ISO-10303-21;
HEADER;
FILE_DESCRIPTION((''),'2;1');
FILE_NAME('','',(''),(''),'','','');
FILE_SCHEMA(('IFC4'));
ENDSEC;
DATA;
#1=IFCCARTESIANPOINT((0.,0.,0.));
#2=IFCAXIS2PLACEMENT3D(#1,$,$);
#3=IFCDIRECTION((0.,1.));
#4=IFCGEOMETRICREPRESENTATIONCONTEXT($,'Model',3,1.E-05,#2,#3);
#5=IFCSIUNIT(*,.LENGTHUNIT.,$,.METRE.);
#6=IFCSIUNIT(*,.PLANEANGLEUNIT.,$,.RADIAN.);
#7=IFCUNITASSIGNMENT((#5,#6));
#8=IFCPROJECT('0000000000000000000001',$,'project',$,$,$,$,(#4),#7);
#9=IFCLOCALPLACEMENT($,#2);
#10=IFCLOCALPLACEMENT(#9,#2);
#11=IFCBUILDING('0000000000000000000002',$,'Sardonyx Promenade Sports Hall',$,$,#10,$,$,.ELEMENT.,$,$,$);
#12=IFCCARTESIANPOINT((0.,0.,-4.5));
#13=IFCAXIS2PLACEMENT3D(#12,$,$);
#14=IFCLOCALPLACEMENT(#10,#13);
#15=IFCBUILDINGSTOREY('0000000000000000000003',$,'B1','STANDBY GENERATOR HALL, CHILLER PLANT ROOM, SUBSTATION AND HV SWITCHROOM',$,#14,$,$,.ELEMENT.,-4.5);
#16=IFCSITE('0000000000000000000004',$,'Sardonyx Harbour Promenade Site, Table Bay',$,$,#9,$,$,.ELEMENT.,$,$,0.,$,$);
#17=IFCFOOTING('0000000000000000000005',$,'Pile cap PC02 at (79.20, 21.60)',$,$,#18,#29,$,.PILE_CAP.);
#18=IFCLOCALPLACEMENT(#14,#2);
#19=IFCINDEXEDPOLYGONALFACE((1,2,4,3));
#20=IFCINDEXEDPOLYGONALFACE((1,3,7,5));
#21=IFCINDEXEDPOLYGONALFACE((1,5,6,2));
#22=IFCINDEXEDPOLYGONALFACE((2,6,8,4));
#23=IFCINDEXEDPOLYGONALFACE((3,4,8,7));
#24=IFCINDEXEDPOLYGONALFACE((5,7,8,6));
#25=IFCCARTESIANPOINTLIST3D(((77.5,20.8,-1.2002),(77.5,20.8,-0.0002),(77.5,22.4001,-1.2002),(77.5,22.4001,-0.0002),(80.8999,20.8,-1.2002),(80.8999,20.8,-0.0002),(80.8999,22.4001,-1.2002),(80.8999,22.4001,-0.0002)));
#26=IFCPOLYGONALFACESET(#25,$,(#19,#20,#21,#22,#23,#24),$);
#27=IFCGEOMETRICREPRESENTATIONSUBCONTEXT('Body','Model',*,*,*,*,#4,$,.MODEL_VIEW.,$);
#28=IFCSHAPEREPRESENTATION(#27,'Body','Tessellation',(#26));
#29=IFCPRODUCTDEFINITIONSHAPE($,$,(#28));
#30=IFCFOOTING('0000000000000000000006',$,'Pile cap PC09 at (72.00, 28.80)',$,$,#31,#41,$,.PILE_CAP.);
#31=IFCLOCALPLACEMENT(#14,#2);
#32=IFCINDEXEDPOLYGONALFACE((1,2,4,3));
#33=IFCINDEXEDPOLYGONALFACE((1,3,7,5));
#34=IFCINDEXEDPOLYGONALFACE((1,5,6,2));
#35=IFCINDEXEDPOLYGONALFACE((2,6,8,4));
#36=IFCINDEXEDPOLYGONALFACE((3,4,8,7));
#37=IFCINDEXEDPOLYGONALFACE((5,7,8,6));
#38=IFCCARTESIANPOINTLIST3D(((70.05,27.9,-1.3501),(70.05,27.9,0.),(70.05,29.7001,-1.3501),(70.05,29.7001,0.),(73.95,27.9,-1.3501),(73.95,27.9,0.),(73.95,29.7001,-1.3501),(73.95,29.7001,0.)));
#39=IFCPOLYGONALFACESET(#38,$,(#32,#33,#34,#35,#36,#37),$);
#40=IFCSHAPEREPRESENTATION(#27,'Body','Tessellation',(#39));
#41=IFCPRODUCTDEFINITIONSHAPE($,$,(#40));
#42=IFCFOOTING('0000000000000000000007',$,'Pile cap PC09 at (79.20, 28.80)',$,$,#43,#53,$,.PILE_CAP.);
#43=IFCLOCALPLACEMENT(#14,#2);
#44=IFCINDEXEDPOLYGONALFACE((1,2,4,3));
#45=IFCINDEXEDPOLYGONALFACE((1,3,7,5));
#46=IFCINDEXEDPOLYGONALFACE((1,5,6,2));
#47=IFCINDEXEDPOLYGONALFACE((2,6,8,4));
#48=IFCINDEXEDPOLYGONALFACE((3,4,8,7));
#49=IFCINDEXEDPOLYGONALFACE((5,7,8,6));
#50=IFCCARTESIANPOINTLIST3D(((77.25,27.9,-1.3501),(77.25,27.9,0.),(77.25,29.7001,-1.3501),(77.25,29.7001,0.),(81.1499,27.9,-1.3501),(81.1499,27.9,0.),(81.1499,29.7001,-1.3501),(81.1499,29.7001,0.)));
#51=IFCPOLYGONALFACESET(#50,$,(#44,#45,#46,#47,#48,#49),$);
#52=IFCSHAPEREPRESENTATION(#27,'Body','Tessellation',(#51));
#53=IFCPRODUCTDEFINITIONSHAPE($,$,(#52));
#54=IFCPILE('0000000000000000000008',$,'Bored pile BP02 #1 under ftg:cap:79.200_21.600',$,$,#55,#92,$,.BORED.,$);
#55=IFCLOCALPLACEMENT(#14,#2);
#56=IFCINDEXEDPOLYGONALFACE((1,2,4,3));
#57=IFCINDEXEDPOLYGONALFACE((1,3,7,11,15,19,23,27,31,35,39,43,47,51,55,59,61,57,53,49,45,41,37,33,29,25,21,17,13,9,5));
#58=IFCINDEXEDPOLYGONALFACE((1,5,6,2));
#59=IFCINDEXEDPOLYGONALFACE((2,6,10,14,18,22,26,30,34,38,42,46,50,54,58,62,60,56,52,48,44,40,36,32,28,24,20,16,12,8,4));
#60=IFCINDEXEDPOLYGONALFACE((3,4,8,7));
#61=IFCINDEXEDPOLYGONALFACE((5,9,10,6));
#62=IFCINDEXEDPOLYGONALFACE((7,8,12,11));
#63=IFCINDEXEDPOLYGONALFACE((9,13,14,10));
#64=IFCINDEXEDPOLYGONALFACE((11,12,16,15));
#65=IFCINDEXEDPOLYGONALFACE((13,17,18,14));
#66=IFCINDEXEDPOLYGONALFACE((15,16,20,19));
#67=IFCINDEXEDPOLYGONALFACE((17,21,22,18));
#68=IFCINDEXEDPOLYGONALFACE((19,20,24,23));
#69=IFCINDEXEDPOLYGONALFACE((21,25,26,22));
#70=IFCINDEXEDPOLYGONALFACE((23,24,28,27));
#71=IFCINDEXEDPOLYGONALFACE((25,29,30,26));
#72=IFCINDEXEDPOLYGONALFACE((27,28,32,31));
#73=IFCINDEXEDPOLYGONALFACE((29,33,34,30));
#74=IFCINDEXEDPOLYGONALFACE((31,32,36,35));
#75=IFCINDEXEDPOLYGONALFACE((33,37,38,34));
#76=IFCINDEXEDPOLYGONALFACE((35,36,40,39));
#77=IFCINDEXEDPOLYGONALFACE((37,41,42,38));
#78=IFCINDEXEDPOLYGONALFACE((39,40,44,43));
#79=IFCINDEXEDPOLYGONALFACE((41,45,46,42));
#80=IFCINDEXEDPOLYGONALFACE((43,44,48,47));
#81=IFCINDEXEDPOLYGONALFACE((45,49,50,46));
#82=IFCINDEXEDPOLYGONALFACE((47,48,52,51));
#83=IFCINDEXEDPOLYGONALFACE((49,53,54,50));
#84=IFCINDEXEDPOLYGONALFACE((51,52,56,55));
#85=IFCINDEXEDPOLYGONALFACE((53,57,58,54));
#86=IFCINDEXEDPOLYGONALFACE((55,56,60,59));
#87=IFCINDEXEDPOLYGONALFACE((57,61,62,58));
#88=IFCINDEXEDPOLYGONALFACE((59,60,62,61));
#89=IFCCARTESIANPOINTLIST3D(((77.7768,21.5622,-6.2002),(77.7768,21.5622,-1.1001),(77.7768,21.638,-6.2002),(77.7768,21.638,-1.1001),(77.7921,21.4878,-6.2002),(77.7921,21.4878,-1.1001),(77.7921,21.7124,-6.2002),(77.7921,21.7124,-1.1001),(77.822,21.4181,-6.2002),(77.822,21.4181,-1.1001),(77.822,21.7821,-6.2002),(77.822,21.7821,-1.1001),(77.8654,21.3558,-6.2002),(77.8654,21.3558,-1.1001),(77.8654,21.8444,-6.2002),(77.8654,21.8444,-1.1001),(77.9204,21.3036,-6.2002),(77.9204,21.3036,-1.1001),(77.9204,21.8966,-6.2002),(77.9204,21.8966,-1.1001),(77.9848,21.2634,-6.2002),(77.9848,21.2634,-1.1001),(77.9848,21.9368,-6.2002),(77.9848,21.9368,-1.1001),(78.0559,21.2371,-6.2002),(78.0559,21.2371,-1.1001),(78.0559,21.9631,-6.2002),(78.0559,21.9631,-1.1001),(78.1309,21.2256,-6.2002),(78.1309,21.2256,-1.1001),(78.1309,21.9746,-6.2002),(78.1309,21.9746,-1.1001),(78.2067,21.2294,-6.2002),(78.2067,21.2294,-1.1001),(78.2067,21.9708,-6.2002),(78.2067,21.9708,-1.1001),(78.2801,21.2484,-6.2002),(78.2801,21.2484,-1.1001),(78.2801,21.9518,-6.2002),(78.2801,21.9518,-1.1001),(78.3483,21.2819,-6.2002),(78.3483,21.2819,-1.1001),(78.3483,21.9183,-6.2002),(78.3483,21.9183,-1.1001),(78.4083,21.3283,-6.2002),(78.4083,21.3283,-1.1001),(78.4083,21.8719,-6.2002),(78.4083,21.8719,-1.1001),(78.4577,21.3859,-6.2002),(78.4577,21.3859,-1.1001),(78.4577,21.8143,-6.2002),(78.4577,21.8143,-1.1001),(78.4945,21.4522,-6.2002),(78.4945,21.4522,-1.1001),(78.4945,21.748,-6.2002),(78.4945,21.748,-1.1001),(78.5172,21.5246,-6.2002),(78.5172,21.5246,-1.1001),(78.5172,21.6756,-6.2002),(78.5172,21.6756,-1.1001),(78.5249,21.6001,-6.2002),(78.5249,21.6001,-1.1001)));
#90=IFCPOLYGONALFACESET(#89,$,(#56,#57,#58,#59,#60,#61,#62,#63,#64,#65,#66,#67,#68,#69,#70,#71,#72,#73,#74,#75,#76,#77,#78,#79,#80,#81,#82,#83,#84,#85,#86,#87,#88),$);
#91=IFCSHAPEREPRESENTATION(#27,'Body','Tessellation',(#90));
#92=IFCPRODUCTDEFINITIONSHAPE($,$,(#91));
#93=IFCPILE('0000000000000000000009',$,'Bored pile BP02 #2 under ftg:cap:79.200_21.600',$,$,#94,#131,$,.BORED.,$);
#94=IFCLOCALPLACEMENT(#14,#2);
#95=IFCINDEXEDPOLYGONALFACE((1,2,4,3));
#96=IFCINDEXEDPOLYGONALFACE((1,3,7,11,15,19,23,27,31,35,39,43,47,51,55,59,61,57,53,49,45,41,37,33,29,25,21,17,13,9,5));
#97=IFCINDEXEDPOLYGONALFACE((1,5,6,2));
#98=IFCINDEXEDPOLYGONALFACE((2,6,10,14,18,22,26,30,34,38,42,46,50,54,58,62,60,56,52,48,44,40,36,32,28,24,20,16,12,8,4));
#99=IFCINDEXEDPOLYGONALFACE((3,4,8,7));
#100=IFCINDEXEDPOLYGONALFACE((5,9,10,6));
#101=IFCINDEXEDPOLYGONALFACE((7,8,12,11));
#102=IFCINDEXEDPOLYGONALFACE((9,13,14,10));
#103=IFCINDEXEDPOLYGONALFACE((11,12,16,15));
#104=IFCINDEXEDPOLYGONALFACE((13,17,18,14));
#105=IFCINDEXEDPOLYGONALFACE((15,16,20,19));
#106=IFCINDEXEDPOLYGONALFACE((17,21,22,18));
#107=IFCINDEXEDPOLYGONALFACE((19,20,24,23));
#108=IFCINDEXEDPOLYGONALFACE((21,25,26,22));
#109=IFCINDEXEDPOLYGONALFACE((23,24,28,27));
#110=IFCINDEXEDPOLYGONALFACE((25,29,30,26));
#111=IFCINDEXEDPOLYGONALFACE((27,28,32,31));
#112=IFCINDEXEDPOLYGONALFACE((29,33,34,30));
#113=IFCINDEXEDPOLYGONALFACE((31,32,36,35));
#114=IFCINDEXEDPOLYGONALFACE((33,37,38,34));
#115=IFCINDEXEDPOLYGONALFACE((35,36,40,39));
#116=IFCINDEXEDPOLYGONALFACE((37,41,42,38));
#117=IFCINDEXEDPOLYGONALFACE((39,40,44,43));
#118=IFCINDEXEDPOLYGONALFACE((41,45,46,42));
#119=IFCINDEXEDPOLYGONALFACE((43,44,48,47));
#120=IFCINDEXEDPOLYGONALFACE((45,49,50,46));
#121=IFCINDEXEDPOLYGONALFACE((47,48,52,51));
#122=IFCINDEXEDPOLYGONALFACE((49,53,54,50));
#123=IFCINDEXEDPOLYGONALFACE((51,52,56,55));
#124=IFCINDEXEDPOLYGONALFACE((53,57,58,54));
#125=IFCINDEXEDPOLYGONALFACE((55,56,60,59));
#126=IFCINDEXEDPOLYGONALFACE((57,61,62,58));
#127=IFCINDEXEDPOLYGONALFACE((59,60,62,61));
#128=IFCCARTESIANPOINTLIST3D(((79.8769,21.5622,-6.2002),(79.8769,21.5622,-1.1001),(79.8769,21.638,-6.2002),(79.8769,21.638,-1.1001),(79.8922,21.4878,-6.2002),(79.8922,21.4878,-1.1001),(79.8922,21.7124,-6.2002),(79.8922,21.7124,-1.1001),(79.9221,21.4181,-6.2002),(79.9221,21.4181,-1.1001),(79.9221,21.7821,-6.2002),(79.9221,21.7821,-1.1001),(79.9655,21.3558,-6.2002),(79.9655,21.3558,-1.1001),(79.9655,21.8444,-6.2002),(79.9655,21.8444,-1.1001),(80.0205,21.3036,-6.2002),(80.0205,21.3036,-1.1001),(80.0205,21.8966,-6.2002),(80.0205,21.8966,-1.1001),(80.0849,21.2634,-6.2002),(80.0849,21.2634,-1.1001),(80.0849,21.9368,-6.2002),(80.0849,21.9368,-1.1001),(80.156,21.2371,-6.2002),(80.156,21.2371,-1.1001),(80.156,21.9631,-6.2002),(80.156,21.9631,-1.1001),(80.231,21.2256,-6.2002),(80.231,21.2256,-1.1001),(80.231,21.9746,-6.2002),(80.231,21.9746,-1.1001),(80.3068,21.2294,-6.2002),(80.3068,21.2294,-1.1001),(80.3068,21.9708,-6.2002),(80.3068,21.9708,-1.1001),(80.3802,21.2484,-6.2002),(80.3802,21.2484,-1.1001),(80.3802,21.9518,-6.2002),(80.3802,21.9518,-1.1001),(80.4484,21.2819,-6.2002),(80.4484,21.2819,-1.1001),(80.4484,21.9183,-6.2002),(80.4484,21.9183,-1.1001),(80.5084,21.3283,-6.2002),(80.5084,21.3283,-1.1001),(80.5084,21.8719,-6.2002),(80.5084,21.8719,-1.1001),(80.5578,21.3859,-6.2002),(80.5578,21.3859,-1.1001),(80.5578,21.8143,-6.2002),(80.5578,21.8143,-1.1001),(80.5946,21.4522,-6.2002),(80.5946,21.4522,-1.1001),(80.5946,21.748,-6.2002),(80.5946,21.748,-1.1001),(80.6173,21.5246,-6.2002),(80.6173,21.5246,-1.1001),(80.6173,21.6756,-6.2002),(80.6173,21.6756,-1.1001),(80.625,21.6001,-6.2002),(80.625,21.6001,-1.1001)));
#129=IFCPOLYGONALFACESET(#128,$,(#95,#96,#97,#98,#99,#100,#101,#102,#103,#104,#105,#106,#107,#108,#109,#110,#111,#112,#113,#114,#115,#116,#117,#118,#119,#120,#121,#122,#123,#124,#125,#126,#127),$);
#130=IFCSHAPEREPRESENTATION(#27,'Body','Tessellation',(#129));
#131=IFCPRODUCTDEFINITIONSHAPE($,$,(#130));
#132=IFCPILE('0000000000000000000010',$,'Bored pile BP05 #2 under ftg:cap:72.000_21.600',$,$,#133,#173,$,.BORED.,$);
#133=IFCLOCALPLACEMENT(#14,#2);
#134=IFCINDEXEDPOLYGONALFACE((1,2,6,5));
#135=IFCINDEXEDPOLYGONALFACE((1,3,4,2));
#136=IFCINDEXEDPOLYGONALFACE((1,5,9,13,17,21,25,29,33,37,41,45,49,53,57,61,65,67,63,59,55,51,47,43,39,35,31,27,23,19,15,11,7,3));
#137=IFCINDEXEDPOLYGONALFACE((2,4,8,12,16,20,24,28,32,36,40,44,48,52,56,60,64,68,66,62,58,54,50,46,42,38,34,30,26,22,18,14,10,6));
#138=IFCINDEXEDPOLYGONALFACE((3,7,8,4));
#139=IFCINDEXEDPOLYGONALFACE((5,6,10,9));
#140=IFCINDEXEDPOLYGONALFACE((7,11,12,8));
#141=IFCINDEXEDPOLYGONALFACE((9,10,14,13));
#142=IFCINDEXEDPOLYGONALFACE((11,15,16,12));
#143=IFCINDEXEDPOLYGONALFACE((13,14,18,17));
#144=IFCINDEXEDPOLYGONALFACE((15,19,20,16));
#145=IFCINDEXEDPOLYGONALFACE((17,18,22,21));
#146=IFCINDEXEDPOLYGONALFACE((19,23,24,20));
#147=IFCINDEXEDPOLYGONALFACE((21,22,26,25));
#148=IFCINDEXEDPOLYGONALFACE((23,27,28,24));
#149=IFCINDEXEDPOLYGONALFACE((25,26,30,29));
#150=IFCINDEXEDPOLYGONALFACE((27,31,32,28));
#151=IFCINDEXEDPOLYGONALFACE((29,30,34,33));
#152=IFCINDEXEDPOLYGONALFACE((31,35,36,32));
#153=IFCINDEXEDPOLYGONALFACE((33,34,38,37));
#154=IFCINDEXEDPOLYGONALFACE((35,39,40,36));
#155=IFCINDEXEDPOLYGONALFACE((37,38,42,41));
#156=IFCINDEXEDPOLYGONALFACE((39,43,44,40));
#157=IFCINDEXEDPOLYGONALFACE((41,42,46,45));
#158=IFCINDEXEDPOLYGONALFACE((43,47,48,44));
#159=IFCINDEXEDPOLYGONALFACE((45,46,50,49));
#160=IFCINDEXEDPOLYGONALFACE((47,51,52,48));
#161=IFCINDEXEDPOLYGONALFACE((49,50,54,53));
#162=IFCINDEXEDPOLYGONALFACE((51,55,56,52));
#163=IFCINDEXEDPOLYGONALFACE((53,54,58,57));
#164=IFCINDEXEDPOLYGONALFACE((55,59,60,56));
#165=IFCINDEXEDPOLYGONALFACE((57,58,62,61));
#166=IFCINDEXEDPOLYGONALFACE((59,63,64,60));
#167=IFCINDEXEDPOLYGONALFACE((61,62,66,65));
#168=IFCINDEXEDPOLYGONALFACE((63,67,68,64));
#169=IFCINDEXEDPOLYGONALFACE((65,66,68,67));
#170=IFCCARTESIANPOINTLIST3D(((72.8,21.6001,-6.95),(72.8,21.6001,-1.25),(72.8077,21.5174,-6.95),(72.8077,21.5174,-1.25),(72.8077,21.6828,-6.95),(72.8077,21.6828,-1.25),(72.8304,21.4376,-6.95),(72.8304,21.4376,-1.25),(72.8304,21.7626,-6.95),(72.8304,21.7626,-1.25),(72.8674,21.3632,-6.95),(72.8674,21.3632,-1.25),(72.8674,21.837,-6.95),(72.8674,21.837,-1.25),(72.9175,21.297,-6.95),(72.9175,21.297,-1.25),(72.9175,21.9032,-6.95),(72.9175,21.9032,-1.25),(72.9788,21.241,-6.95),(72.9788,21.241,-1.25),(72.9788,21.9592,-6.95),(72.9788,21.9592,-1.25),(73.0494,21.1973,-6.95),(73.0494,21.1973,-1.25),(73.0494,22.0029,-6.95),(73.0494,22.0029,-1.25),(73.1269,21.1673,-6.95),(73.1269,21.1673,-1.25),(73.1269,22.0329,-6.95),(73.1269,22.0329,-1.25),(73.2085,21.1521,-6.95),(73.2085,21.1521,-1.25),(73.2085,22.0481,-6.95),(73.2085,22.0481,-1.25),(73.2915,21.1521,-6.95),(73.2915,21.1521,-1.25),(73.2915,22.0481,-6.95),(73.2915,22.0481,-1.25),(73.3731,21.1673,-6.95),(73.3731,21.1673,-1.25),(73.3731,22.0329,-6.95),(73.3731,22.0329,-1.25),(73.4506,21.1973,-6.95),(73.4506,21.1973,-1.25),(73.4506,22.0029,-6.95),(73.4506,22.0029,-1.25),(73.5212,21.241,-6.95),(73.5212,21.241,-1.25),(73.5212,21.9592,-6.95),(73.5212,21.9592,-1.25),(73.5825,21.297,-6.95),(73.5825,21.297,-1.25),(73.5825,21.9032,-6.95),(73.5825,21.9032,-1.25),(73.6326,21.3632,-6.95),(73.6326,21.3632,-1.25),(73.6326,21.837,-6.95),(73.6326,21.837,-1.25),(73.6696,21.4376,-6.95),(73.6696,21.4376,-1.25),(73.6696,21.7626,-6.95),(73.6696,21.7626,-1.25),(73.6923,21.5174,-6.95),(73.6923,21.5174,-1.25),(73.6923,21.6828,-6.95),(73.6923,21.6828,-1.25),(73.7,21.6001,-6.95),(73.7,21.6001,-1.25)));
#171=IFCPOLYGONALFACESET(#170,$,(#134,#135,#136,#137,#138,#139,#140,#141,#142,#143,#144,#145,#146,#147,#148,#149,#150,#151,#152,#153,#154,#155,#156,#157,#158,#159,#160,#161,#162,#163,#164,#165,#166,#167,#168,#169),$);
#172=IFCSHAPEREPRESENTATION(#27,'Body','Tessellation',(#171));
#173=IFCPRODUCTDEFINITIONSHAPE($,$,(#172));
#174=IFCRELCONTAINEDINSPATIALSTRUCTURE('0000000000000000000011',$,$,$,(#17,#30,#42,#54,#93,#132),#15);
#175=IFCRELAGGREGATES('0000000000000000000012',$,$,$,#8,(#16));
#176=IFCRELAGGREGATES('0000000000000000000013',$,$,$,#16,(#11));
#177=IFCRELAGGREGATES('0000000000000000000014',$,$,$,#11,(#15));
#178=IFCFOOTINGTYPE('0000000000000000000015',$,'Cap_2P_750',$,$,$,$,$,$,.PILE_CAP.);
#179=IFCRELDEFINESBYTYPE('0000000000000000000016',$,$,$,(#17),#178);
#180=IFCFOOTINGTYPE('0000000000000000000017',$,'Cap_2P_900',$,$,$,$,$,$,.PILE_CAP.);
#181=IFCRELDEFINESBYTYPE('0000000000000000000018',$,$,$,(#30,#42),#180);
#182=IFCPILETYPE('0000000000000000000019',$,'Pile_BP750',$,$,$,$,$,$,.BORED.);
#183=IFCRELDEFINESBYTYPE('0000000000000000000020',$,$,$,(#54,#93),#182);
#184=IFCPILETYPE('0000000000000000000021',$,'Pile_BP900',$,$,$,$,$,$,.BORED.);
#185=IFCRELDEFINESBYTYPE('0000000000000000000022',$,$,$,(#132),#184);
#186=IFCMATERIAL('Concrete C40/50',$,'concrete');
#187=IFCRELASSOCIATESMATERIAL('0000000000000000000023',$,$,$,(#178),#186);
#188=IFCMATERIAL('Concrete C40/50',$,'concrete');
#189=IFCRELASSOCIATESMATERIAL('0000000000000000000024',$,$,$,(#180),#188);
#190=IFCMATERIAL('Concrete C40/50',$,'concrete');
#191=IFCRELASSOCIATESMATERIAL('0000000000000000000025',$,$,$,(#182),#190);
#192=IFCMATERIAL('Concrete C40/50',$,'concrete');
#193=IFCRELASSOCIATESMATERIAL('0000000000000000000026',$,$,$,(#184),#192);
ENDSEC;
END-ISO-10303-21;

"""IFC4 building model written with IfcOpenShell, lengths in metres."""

from ifc_helpers import new_model, si_unit, direction, frame, origin, origin_2d, place, context, subcontext, project, spatial, rectangle, circle, extrude, material, material_profile, profile_set, type_object, element, save


model = new_model("IFC4")

# Units and contexts
model_context = context("Model", 3, precision=1e-05, world=origin(), true_north=direction((0.0, 1.0)))
body_context = subcontext(model_context, "Body", "Model", "MODEL_VIEW")
ifc_project = project(units=[si_unit("LENGTHUNIT", "METRE"), si_unit("PLANEANGLEUNIT", "RADIAN")], contexts=[model_context])

# Site, building, storey
site_placement = place(None, origin())
site = spatial("IfcSite", under=ifc_project, at=site_placement, Name="Sardonyx Harbour Promenade Site, Table Bay", CompositionType="ELEMENT", RefElevation=0.0)
building_placement = place(site_placement, origin())
building = spatial("IfcBuilding", under=site, at=building_placement, Name="Sardonyx Promenade Sports Hall", CompositionType="ELEMENT")
storey_placement = place(building_placement, frame((0.0, 0.0, -4.5)))
storey = spatial("IfcBuildingStorey", under=building, at=storey_placement, Name="B1", Description="STANDBY GENERATOR HALL, CHILLER PLANT ROOM, SUBSTATION AND HV SWITCHROOM", CompositionType="ELEMENT", Elevation=-4.5)

# Footings
ifc_material_1 = material(Name="Concrete C40/50", Category="concrete")
footing_type_1 = type_object("IfcFootingType", Name="Cap_2P_750", PredefinedType="PILE_CAP", material=ifc_material_1)
footing_placement = place(storey_placement, frame((79.2, 21.6001, -1.2002), z_axis=(0.0, 0.0, 1.0), x_axis=(1.0, 0.0, 0.0)))
element("IfcFooting", 1, at=footing_placement, inside=storey, type_object=footing_type_1, Name="Pile cap PC02 at (79.20, 21.60)", PredefinedType="PILE_CAP", context=body_context, shape_type="SweptSolid", body=[
    extrude(rectangle(XDim=3.3999, YDim=1.6001, at=origin_2d()), origin(), (0.0, 0.0, 1.0), 1.2),
])
ifc_material_2 = material(Name="Concrete C40/50", Category="concrete")
footing_type_2 = type_object("IfcFootingType", Name="Cap_2P_900", PredefinedType="PILE_CAP", material=ifc_material_2)
for number, where, z_axis, x_axis, name in (
    (2, (72.0, 28.8, -1.3501), (0.0, 0.0, 1.0), (1.0, 0.0, 0.0), "Pile cap PC09 at (72.00, 28.80)"),
    (3, (79.2, 28.8, -1.3501), (0.0, 0.0, 1.0), (1.0, 0.0, 0.0), "Pile cap PC09 at (79.20, 28.80)"),
):
    element("IfcFooting", number, at=place(storey_placement, frame(where, z_axis=z_axis, x_axis=x_axis)), inside=storey, type_object=footing_type_2, Name=name, PredefinedType="PILE_CAP", context=body_context, shape_type="SweptSolid", body=[
        extrude(rectangle(XDim=3.8999, YDim=1.8, at=origin_2d()), origin(), (0.0, 0.0, 1.0), 1.3501),
    ])

# Piles
ifc_material_3 = material(Name="Concrete C40/50", Category="concrete")
ifc_material_profile_1 = material_profile(ifc_material_3, circle(Radius=0.375, at=origin_2d()))
ifc_profile_set_1 = profile_set([ifc_material_profile_1], Name="Concrete C40/50")
pile_type_1 = type_object("IfcPileType", Name="Pile_BP750", PredefinedType="BORED", material=ifc_profile_set_1)
for number, where, z_axis, x_axis, name in (
    (4, (78.1499, 21.6001, -1.1001), (0.0, 0.0, -1.0), (1.0, 0.0, 0.0), "Bored pile BP02 #1 under ftg:cap:79.200_21.600"),
    (5, (80.25, 21.6001, -1.1001), (0.0, 0.0, -1.0), (1.0, 0.0, 0.0), "Bored pile BP02 #2 under ftg:cap:79.200_21.600"),
):
    element("IfcPile", number, at=place(storey_placement, frame(where, z_axis=z_axis, x_axis=x_axis)), inside=storey, type_object=pile_type_1, Name=name, PredefinedType="BORED", context=body_context, shape_type="SweptSolid", body=[
        extrude(circle(Radius=0.375, at=origin_2d()), origin(), (0.0, 0.0, 1.0), 5.1001),
    ])
ifc_material_4 = material(Name="Concrete C40/50", Category="concrete")
ifc_material_profile_2 = material_profile(ifc_material_4, circle(Radius=0.45, at=origin_2d()))
ifc_profile_set_2 = profile_set([ifc_material_profile_2], Name="Concrete C40/50")
pile_type_2 = type_object("IfcPileType", Name="Pile_BP900", PredefinedType="BORED", material=ifc_profile_set_2)
for number, where, z_axis, x_axis, name in (
    (6, (73.25, 21.6001, -1.25), (0.0, 0.0, -1.0), (1.0, 0.0, 0.0), "Bored pile BP05 #2 under ftg:cap:72.000_21.600"),
):
    element("IfcPile", number, at=place(storey_placement, frame(where, z_axis=z_axis, x_axis=x_axis)), inside=storey, type_object=pile_type_2, Name=name, PredefinedType="BORED", context=body_context, shape_type="SweptSolid", body=[
        extrude(circle(Radius=0.45, at=origin_2d()), origin(), (0.0, 0.0, 1.0), 5.7),
    ])

save(model, "model.ifc")
